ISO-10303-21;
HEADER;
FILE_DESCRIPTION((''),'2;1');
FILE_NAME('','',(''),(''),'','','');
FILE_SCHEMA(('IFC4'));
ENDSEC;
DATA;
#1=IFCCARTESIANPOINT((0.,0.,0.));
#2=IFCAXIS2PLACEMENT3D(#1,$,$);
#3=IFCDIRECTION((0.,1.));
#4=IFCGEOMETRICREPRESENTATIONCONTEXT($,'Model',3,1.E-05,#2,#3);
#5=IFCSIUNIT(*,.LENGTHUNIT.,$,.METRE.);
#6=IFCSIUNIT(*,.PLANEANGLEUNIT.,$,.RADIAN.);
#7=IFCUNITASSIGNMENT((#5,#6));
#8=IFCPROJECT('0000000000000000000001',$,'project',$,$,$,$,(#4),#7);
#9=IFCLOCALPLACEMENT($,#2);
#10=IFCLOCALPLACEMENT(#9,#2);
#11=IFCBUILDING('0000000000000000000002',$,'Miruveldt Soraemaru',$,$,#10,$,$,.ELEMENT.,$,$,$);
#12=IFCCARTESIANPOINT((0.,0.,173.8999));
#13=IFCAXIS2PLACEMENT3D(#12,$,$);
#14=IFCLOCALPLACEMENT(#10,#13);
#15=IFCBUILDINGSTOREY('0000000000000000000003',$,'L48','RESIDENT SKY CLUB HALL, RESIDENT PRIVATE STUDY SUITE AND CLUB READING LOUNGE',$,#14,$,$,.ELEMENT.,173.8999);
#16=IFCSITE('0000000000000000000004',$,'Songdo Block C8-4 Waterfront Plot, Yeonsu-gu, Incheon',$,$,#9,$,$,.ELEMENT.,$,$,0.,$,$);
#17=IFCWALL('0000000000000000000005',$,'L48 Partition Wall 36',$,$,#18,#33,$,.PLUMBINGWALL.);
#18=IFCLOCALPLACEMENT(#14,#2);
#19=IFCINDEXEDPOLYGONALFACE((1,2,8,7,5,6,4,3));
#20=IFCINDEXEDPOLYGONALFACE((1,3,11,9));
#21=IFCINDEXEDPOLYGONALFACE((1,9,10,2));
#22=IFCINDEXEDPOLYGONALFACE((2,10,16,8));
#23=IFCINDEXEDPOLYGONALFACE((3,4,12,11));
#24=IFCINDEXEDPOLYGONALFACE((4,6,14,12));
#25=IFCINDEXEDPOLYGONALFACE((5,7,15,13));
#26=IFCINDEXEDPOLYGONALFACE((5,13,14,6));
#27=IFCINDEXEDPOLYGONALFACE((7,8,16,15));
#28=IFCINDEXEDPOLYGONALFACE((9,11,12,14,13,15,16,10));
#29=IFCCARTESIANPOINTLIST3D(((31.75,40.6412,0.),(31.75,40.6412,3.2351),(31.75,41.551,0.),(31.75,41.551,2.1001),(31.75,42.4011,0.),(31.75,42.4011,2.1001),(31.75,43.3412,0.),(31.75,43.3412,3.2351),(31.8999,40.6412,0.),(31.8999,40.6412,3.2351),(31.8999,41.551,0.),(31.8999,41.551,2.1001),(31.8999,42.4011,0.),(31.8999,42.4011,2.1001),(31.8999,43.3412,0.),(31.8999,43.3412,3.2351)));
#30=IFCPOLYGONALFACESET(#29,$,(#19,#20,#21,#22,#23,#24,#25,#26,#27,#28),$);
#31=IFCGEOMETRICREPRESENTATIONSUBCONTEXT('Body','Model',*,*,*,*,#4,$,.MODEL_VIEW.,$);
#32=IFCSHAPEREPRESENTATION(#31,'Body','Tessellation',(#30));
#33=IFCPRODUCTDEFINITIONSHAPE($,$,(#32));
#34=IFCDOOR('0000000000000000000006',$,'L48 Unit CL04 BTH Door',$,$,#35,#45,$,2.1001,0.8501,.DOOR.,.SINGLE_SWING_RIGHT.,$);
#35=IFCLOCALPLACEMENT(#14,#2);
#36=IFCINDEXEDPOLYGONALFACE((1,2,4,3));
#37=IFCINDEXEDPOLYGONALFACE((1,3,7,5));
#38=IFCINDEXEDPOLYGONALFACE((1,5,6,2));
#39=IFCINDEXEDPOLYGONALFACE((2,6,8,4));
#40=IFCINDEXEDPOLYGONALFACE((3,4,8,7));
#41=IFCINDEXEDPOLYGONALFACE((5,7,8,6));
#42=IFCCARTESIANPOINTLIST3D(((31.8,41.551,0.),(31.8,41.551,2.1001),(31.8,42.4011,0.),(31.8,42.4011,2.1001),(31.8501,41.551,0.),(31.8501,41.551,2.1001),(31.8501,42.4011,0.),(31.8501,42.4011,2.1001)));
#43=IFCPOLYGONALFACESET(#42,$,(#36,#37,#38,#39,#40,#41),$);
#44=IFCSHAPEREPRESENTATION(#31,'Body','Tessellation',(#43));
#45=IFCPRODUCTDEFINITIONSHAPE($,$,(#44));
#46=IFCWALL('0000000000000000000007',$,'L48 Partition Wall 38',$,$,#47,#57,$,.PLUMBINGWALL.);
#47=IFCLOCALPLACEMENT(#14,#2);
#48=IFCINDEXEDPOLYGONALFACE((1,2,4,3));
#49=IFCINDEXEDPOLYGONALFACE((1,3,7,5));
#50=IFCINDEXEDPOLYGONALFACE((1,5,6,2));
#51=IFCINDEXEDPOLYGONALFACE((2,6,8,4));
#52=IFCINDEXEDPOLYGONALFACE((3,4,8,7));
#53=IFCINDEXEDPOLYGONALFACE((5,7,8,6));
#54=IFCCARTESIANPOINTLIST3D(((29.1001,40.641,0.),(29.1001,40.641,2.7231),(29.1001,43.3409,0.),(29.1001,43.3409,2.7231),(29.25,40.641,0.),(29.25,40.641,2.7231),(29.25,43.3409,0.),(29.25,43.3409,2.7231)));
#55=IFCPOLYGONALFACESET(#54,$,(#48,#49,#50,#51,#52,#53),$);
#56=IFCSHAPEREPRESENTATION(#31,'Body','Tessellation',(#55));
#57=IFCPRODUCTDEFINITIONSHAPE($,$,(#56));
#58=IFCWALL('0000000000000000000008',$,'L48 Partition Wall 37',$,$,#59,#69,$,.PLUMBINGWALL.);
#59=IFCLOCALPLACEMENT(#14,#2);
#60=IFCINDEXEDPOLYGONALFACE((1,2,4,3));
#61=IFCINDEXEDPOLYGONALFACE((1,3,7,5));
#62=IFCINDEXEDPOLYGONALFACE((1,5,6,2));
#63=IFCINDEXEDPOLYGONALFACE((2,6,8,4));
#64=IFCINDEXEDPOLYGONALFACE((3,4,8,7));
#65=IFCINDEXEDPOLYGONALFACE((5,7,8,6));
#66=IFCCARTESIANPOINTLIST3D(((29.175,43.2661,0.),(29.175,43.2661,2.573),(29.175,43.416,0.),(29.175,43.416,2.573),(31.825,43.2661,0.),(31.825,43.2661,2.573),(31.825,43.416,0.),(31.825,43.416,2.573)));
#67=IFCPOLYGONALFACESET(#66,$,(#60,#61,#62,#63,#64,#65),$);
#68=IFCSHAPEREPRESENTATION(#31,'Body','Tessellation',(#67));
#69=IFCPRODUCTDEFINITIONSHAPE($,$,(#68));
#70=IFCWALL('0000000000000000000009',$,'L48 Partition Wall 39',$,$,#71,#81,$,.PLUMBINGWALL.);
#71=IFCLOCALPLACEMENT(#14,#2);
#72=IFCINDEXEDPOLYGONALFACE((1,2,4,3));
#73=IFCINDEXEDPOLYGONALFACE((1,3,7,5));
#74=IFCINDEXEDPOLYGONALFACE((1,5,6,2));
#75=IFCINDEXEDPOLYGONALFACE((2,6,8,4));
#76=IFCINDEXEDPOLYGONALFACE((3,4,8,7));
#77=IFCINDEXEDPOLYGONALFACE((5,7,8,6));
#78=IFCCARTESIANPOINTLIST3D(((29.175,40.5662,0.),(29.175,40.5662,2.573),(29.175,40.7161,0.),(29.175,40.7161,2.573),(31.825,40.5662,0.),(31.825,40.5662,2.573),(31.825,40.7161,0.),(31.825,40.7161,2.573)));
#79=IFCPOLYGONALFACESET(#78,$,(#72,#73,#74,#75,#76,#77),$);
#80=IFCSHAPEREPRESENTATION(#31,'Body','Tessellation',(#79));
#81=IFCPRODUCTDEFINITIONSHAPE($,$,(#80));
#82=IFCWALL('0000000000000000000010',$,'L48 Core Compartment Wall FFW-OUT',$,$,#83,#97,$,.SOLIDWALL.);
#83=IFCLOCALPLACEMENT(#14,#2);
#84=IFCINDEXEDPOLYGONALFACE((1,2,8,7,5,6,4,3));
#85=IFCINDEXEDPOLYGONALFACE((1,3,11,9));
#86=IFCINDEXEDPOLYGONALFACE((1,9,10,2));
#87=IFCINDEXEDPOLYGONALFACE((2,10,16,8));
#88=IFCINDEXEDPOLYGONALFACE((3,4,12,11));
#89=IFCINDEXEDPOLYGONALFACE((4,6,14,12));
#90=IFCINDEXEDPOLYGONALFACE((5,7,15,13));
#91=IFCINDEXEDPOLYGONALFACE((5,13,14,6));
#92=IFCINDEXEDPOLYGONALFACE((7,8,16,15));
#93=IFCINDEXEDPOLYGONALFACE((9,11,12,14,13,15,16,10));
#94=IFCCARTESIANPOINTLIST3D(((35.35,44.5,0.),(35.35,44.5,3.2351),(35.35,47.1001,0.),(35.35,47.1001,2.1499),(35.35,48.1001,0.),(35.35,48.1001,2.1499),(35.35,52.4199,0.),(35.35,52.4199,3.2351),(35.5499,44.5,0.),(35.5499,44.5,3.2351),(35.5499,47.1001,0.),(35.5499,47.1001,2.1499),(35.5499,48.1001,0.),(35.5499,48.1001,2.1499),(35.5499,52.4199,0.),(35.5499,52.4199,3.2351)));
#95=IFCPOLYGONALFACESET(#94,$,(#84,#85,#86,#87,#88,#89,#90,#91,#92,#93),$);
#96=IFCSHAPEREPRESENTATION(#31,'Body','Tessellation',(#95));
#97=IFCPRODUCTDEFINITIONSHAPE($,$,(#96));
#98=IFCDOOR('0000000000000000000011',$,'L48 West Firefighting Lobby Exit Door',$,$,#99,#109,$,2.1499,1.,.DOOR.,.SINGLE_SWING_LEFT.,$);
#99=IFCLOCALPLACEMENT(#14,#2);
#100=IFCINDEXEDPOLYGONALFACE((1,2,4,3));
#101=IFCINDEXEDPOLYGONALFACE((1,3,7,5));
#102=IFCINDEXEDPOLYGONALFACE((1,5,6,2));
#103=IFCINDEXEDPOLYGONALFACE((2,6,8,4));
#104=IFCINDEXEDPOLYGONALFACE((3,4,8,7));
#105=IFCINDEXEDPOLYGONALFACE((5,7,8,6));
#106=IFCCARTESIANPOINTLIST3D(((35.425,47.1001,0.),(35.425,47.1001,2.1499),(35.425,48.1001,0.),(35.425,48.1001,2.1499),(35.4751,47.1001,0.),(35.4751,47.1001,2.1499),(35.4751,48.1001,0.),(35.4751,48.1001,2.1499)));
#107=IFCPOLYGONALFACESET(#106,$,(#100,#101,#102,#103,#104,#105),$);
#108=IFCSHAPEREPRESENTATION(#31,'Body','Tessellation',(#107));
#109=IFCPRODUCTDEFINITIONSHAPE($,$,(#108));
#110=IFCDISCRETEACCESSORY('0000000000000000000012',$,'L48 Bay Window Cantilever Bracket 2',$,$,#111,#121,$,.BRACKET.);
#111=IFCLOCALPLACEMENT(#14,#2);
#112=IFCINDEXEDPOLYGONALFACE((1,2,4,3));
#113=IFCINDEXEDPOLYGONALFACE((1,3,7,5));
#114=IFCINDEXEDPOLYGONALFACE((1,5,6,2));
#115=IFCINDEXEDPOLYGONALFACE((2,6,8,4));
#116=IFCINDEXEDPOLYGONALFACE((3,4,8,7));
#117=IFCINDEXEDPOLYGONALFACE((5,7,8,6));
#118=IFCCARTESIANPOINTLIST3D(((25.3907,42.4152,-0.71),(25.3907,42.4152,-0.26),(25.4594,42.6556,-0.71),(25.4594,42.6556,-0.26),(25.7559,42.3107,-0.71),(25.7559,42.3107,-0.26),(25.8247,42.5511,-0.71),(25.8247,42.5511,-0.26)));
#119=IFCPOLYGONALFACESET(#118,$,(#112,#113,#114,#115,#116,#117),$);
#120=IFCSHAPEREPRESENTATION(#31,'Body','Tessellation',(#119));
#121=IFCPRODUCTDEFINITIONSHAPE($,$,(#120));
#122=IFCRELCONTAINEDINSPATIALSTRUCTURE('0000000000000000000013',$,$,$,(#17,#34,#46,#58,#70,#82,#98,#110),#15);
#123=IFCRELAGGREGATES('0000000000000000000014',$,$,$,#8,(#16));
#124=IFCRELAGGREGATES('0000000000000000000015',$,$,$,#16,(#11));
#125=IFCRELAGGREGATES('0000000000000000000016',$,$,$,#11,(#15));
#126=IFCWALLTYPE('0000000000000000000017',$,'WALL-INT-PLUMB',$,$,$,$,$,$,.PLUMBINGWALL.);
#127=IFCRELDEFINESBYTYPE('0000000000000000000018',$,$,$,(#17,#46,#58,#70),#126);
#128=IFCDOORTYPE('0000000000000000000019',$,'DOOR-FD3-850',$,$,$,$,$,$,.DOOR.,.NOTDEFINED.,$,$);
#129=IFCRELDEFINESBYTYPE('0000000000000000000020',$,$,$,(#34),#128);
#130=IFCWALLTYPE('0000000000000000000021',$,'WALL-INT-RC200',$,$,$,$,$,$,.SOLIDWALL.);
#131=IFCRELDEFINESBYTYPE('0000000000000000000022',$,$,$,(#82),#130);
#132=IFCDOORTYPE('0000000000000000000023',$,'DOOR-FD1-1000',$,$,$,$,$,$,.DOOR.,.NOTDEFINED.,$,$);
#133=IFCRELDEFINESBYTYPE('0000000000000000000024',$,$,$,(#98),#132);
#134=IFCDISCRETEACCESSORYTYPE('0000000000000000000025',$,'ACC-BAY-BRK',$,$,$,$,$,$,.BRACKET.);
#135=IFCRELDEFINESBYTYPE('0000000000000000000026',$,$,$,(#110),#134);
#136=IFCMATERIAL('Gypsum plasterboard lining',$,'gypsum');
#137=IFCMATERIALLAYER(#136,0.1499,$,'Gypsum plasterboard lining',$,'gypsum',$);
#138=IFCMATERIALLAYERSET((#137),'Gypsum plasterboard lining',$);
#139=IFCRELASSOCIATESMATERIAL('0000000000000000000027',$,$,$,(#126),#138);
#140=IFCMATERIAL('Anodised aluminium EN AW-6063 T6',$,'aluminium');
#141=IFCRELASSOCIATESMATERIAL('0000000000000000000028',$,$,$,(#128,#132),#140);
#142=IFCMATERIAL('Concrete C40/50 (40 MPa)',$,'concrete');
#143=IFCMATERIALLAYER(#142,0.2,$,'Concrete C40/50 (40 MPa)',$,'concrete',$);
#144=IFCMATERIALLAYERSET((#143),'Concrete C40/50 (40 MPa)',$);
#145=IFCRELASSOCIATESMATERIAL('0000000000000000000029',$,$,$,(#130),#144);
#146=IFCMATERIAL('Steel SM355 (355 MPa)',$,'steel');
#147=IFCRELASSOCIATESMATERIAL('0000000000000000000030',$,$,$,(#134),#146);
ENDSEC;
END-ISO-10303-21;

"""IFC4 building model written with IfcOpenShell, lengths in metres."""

from ifc_helpers import new_model, si_unit, direction, frame, frame_2d, origin, origin_2d, place, context, subcontext, project, spatial, rectangle, extrude, material, layer, layer_set, type_object, element, fill, save


model = new_model("IFC4")

# Units and contexts
model_context = context("Model", 3, precision=1e-05, world=origin(), true_north=direction((0.0, 1.0)))
body_context = subcontext(model_context, "Body", "Model", "MODEL_VIEW")
ifc_project = project(units=[si_unit("LENGTHUNIT", "METRE"), si_unit("PLANEANGLEUNIT", "RADIAN")], contexts=[model_context])

# Site, building, storey
site_placement = place(None, origin())
site = spatial("IfcSite", under=ifc_project, at=site_placement, Name="Songdo Block C8-4 Waterfront Plot, Yeonsu-gu, Incheon", CompositionType="ELEMENT", RefElevation=0.0)
building_placement = place(site_placement, origin())
building = spatial("IfcBuilding", under=site, at=building_placement, Name="Miruveldt Soraemaru", CompositionType="ELEMENT")
storey_placement = place(building_placement, frame((0.0, 0.0, 173.8999)))
storey = spatial("IfcBuildingStorey", under=building, at=storey_placement, Name="L48", Description="RESIDENT SKY CLUB HALL, RESIDENT PRIVATE STUDY SUITE AND CLUB READING LOUNGE", CompositionType="ELEMENT", Elevation=173.8999)

# Shared definitions
ifc_material_1 = material(Name="Steel SM355 (355 MPa)", Category="steel")

# Wall, opening, door
ifc_material_2 = material(Name="Gypsum plasterboard lining", Category="gypsum")
ifc_layer_1 = layer(ifc_material_2, 0.1499, Name="Gypsum plasterboard lining", Category="gypsum")
ifc_layer_set_1 = layer_set([ifc_layer_1], Name="Gypsum plasterboard lining")
wall_type_1 = type_object("IfcWallType", Name="WALL-INT-PLUMB", PredefinedType="PLUMBINGWALL", material=ifc_layer_set_1)
wall_1_placement = place(storey_placement, frame((31.825, 40.6411, 0.0), z_axis=(0.0, 0.0, 1.0), x_axis=(0.0, 1.0, 0.0)))
wall_1 = element("IfcWall", 1, at=wall_1_placement, inside=storey, type_object=wall_type_1, Name="L48 Partition Wall 36", PredefinedType="PLUMBINGWALL", context=body_context, shape_type="SweptSolid", body=[
    extrude(rectangle(XDim=2.7, YDim=0.1499, at=frame_2d((1.3501, 0.0))), origin(), (0.0, 0.0, 1.0), 3.2351),
])
opening_1_placement = place(wall_1_placement, frame((0.9099, 0.0, 0.0)))
opening_1 = element("IfcOpeningElement", 2, at=opening_1_placement, cuts=wall_1, PredefinedType="OPENING", context=body_context, shape_type="SweptSolid", body=[
    extrude(rectangle(XDim=0.8501, YDim=2.1001, at=frame_2d((0.425, 1.05))), frame((0.0, 0.085, 0.0), z_axis=(0.0, -1.0, 0.0), x_axis=(1.0, 0.0, 0.0)), (0.0, 0.0, 1.0), 0.1699),
])
ifc_material_3 = material(Name="Anodised aluminium EN AW-6063 T6", Category="aluminium")
door_type_1 = type_object("IfcDoorType", Name="DOOR-FD3-850", OperationType="NOTDEFINED", PredefinedType="DOOR", material=ifc_material_3)
door_1_placement = place(opening_1_placement, origin())
door_1 = element("IfcDoor", 3, at=door_1_placement, inside=storey, type_object=door_type_1, Name="L48 Unit CL04 BTH Door", OperationType="SINGLE_SWING_RIGHT", OverallHeight=2.1001, OverallWidth=0.8501, PredefinedType="DOOR", context=body_context, shape_type="SweptSolid", body=[
    extrude(rectangle(XDim=0.8501, YDim=2.1001, at=frame_2d((0.425, 1.05))), frame((0.0, 0.0249, 0.0), z_axis=(0.0, -1.0, 0.0), x_axis=(1.0, 0.0, 0.0)), (0.0, 0.0, 1.0), 0.05),
])
fill(opening_1, door_1)

# Walls
wall_2_placement = place(storey_placement, frame((29.175, 43.3411, 0.0), z_axis=(0.0, 0.0, 1.0), x_axis=(0.0, -1.0, 0.0)))
element("IfcWall", 4, at=wall_2_placement, inside=storey, type_object=wall_type_1, Name="L48 Partition Wall 38", PredefinedType="PLUMBINGWALL", context=body_context, shape_type="SweptSolid", body=[
    extrude(rectangle(XDim=2.7, YDim=0.1499, at=frame_2d((1.3501, 0.0))), origin(), (0.0, 0.0, 1.0), 2.7231),
])
for number, where, z_axis, x_axis, name in (
    (5, (31.825, 43.3411, 0.0), (0.0, 0.0, 1.0), (-1.0, 0.0, 0.0), "L48 Partition Wall 37"),
    (6, (29.175, 40.6411, 0.0), (0.0, 0.0, 1.0), (1.0, 0.0, 0.0), "L48 Partition Wall 39"),
):
    element("IfcWall", number, at=place(storey_placement, frame(where, z_axis=z_axis, x_axis=x_axis)), inside=storey, type_object=wall_type_1, Name=name, PredefinedType="PLUMBINGWALL", context=body_context, shape_type="SweptSolid", body=[
        extrude(rectangle(XDim=2.6499, YDim=0.1499, at=frame_2d((1.325, 0.0))), origin(), (0.0, 0.0, 1.0), 2.573),
    ])

# Wall, opening, door
ifc_material_4 = material(Name="Concrete C40/50 (40 MPa)", Category="concrete")
ifc_layer_2 = layer(ifc_material_4, 0.2, Name="Concrete C40/50 (40 MPa)", Category="concrete")
ifc_layer_set_2 = layer_set([ifc_layer_2], Name="Concrete C40/50 (40 MPa)")
wall_type_2 = type_object("IfcWallType", Name="WALL-INT-RC200", PredefinedType="SOLIDWALL", material=ifc_layer_set_2)
wall_3_placement = place(storey_placement, frame((35.45, 44.5, 0.0), z_axis=(0.0, 0.0, 1.0), x_axis=(0.0, 1.0, 0.0)))
wall_3 = element("IfcWall", 7, at=wall_3_placement, inside=storey, type_object=wall_type_2, Name="L48 Core Compartment Wall FFW-OUT", PredefinedType="SOLIDWALL", context=body_context, shape_type="SweptSolid", body=[
    extrude(rectangle(XDim=7.9199, YDim=0.2, at=frame_2d((3.96, 0.0))), origin(), (0.0, 0.0, 1.0), 3.2351),
])
opening_2_placement = place(wall_3_placement, frame((2.6001, 0.0, 0.0)))
opening_2 = element("IfcOpeningElement", 8, at=opening_2_placement, cuts=wall_3, PredefinedType="OPENING", context=body_context, shape_type="SweptSolid", body=[
    extrude(rectangle(XDim=1.0, YDim=2.1499, at=frame_2d((0.5, 1.075))), frame((0.0, 0.1099, 0.0), z_axis=(0.0, -1.0, 0.0), x_axis=(1.0, 0.0, 0.0)), (0.0, 0.0, 1.0), 0.22),
])
door_type_2 = type_object("IfcDoorType", Name="DOOR-FD1-1000", OperationType="NOTDEFINED", PredefinedType="DOOR", material=ifc_material_3)
door_2_placement = place(opening_2_placement, origin())
door_2 = element("IfcDoor", 9, at=door_2_placement, inside=storey, type_object=door_type_2, Name="L48 West Firefighting Lobby Exit Door", OperationType="SINGLE_SWING_LEFT", OverallHeight=2.1499, OverallWidth=1.0, PredefinedType="DOOR", context=body_context, shape_type="SweptSolid", body=[
    extrude(rectangle(XDim=1.0, YDim=2.1499, at=frame_2d((0.5, 1.075))), frame((0.0, 0.0249, 0.0), z_axis=(0.0, -1.0, 0.0), x_axis=(1.0, 0.0, 0.0)), (0.0, 0.0, 1.0), 0.05),
])
fill(opening_2, door_2)

# Discrete accessory
discrete_accessory_type = type_object("IfcDiscreteAccessoryType", Name="ACC-BAY-BRK", PredefinedType="BRACKET", material=ifc_material_1)
discrete_accessory_placement = place(storey_placement, frame((25.6077, 42.4832, -0.71), z_axis=(0.0, 0.0, 1.0), x_axis=(-0.961449, 0.274983, 0.0)))
element("IfcDiscreteAccessory", 10, at=discrete_accessory_placement, inside=storey, type_object=discrete_accessory_type, Name="L48 Bay Window Cantilever Bracket 2", PredefinedType="BRACKET", context=body_context, shape_type="SweptSolid", body=[
    extrude(rectangle(XDim=0.3799, YDim=0.25, at=origin_2d()), origin(), (0.0, 0.0, 1.0), 0.45),
])

save(model, "model.ifc")
